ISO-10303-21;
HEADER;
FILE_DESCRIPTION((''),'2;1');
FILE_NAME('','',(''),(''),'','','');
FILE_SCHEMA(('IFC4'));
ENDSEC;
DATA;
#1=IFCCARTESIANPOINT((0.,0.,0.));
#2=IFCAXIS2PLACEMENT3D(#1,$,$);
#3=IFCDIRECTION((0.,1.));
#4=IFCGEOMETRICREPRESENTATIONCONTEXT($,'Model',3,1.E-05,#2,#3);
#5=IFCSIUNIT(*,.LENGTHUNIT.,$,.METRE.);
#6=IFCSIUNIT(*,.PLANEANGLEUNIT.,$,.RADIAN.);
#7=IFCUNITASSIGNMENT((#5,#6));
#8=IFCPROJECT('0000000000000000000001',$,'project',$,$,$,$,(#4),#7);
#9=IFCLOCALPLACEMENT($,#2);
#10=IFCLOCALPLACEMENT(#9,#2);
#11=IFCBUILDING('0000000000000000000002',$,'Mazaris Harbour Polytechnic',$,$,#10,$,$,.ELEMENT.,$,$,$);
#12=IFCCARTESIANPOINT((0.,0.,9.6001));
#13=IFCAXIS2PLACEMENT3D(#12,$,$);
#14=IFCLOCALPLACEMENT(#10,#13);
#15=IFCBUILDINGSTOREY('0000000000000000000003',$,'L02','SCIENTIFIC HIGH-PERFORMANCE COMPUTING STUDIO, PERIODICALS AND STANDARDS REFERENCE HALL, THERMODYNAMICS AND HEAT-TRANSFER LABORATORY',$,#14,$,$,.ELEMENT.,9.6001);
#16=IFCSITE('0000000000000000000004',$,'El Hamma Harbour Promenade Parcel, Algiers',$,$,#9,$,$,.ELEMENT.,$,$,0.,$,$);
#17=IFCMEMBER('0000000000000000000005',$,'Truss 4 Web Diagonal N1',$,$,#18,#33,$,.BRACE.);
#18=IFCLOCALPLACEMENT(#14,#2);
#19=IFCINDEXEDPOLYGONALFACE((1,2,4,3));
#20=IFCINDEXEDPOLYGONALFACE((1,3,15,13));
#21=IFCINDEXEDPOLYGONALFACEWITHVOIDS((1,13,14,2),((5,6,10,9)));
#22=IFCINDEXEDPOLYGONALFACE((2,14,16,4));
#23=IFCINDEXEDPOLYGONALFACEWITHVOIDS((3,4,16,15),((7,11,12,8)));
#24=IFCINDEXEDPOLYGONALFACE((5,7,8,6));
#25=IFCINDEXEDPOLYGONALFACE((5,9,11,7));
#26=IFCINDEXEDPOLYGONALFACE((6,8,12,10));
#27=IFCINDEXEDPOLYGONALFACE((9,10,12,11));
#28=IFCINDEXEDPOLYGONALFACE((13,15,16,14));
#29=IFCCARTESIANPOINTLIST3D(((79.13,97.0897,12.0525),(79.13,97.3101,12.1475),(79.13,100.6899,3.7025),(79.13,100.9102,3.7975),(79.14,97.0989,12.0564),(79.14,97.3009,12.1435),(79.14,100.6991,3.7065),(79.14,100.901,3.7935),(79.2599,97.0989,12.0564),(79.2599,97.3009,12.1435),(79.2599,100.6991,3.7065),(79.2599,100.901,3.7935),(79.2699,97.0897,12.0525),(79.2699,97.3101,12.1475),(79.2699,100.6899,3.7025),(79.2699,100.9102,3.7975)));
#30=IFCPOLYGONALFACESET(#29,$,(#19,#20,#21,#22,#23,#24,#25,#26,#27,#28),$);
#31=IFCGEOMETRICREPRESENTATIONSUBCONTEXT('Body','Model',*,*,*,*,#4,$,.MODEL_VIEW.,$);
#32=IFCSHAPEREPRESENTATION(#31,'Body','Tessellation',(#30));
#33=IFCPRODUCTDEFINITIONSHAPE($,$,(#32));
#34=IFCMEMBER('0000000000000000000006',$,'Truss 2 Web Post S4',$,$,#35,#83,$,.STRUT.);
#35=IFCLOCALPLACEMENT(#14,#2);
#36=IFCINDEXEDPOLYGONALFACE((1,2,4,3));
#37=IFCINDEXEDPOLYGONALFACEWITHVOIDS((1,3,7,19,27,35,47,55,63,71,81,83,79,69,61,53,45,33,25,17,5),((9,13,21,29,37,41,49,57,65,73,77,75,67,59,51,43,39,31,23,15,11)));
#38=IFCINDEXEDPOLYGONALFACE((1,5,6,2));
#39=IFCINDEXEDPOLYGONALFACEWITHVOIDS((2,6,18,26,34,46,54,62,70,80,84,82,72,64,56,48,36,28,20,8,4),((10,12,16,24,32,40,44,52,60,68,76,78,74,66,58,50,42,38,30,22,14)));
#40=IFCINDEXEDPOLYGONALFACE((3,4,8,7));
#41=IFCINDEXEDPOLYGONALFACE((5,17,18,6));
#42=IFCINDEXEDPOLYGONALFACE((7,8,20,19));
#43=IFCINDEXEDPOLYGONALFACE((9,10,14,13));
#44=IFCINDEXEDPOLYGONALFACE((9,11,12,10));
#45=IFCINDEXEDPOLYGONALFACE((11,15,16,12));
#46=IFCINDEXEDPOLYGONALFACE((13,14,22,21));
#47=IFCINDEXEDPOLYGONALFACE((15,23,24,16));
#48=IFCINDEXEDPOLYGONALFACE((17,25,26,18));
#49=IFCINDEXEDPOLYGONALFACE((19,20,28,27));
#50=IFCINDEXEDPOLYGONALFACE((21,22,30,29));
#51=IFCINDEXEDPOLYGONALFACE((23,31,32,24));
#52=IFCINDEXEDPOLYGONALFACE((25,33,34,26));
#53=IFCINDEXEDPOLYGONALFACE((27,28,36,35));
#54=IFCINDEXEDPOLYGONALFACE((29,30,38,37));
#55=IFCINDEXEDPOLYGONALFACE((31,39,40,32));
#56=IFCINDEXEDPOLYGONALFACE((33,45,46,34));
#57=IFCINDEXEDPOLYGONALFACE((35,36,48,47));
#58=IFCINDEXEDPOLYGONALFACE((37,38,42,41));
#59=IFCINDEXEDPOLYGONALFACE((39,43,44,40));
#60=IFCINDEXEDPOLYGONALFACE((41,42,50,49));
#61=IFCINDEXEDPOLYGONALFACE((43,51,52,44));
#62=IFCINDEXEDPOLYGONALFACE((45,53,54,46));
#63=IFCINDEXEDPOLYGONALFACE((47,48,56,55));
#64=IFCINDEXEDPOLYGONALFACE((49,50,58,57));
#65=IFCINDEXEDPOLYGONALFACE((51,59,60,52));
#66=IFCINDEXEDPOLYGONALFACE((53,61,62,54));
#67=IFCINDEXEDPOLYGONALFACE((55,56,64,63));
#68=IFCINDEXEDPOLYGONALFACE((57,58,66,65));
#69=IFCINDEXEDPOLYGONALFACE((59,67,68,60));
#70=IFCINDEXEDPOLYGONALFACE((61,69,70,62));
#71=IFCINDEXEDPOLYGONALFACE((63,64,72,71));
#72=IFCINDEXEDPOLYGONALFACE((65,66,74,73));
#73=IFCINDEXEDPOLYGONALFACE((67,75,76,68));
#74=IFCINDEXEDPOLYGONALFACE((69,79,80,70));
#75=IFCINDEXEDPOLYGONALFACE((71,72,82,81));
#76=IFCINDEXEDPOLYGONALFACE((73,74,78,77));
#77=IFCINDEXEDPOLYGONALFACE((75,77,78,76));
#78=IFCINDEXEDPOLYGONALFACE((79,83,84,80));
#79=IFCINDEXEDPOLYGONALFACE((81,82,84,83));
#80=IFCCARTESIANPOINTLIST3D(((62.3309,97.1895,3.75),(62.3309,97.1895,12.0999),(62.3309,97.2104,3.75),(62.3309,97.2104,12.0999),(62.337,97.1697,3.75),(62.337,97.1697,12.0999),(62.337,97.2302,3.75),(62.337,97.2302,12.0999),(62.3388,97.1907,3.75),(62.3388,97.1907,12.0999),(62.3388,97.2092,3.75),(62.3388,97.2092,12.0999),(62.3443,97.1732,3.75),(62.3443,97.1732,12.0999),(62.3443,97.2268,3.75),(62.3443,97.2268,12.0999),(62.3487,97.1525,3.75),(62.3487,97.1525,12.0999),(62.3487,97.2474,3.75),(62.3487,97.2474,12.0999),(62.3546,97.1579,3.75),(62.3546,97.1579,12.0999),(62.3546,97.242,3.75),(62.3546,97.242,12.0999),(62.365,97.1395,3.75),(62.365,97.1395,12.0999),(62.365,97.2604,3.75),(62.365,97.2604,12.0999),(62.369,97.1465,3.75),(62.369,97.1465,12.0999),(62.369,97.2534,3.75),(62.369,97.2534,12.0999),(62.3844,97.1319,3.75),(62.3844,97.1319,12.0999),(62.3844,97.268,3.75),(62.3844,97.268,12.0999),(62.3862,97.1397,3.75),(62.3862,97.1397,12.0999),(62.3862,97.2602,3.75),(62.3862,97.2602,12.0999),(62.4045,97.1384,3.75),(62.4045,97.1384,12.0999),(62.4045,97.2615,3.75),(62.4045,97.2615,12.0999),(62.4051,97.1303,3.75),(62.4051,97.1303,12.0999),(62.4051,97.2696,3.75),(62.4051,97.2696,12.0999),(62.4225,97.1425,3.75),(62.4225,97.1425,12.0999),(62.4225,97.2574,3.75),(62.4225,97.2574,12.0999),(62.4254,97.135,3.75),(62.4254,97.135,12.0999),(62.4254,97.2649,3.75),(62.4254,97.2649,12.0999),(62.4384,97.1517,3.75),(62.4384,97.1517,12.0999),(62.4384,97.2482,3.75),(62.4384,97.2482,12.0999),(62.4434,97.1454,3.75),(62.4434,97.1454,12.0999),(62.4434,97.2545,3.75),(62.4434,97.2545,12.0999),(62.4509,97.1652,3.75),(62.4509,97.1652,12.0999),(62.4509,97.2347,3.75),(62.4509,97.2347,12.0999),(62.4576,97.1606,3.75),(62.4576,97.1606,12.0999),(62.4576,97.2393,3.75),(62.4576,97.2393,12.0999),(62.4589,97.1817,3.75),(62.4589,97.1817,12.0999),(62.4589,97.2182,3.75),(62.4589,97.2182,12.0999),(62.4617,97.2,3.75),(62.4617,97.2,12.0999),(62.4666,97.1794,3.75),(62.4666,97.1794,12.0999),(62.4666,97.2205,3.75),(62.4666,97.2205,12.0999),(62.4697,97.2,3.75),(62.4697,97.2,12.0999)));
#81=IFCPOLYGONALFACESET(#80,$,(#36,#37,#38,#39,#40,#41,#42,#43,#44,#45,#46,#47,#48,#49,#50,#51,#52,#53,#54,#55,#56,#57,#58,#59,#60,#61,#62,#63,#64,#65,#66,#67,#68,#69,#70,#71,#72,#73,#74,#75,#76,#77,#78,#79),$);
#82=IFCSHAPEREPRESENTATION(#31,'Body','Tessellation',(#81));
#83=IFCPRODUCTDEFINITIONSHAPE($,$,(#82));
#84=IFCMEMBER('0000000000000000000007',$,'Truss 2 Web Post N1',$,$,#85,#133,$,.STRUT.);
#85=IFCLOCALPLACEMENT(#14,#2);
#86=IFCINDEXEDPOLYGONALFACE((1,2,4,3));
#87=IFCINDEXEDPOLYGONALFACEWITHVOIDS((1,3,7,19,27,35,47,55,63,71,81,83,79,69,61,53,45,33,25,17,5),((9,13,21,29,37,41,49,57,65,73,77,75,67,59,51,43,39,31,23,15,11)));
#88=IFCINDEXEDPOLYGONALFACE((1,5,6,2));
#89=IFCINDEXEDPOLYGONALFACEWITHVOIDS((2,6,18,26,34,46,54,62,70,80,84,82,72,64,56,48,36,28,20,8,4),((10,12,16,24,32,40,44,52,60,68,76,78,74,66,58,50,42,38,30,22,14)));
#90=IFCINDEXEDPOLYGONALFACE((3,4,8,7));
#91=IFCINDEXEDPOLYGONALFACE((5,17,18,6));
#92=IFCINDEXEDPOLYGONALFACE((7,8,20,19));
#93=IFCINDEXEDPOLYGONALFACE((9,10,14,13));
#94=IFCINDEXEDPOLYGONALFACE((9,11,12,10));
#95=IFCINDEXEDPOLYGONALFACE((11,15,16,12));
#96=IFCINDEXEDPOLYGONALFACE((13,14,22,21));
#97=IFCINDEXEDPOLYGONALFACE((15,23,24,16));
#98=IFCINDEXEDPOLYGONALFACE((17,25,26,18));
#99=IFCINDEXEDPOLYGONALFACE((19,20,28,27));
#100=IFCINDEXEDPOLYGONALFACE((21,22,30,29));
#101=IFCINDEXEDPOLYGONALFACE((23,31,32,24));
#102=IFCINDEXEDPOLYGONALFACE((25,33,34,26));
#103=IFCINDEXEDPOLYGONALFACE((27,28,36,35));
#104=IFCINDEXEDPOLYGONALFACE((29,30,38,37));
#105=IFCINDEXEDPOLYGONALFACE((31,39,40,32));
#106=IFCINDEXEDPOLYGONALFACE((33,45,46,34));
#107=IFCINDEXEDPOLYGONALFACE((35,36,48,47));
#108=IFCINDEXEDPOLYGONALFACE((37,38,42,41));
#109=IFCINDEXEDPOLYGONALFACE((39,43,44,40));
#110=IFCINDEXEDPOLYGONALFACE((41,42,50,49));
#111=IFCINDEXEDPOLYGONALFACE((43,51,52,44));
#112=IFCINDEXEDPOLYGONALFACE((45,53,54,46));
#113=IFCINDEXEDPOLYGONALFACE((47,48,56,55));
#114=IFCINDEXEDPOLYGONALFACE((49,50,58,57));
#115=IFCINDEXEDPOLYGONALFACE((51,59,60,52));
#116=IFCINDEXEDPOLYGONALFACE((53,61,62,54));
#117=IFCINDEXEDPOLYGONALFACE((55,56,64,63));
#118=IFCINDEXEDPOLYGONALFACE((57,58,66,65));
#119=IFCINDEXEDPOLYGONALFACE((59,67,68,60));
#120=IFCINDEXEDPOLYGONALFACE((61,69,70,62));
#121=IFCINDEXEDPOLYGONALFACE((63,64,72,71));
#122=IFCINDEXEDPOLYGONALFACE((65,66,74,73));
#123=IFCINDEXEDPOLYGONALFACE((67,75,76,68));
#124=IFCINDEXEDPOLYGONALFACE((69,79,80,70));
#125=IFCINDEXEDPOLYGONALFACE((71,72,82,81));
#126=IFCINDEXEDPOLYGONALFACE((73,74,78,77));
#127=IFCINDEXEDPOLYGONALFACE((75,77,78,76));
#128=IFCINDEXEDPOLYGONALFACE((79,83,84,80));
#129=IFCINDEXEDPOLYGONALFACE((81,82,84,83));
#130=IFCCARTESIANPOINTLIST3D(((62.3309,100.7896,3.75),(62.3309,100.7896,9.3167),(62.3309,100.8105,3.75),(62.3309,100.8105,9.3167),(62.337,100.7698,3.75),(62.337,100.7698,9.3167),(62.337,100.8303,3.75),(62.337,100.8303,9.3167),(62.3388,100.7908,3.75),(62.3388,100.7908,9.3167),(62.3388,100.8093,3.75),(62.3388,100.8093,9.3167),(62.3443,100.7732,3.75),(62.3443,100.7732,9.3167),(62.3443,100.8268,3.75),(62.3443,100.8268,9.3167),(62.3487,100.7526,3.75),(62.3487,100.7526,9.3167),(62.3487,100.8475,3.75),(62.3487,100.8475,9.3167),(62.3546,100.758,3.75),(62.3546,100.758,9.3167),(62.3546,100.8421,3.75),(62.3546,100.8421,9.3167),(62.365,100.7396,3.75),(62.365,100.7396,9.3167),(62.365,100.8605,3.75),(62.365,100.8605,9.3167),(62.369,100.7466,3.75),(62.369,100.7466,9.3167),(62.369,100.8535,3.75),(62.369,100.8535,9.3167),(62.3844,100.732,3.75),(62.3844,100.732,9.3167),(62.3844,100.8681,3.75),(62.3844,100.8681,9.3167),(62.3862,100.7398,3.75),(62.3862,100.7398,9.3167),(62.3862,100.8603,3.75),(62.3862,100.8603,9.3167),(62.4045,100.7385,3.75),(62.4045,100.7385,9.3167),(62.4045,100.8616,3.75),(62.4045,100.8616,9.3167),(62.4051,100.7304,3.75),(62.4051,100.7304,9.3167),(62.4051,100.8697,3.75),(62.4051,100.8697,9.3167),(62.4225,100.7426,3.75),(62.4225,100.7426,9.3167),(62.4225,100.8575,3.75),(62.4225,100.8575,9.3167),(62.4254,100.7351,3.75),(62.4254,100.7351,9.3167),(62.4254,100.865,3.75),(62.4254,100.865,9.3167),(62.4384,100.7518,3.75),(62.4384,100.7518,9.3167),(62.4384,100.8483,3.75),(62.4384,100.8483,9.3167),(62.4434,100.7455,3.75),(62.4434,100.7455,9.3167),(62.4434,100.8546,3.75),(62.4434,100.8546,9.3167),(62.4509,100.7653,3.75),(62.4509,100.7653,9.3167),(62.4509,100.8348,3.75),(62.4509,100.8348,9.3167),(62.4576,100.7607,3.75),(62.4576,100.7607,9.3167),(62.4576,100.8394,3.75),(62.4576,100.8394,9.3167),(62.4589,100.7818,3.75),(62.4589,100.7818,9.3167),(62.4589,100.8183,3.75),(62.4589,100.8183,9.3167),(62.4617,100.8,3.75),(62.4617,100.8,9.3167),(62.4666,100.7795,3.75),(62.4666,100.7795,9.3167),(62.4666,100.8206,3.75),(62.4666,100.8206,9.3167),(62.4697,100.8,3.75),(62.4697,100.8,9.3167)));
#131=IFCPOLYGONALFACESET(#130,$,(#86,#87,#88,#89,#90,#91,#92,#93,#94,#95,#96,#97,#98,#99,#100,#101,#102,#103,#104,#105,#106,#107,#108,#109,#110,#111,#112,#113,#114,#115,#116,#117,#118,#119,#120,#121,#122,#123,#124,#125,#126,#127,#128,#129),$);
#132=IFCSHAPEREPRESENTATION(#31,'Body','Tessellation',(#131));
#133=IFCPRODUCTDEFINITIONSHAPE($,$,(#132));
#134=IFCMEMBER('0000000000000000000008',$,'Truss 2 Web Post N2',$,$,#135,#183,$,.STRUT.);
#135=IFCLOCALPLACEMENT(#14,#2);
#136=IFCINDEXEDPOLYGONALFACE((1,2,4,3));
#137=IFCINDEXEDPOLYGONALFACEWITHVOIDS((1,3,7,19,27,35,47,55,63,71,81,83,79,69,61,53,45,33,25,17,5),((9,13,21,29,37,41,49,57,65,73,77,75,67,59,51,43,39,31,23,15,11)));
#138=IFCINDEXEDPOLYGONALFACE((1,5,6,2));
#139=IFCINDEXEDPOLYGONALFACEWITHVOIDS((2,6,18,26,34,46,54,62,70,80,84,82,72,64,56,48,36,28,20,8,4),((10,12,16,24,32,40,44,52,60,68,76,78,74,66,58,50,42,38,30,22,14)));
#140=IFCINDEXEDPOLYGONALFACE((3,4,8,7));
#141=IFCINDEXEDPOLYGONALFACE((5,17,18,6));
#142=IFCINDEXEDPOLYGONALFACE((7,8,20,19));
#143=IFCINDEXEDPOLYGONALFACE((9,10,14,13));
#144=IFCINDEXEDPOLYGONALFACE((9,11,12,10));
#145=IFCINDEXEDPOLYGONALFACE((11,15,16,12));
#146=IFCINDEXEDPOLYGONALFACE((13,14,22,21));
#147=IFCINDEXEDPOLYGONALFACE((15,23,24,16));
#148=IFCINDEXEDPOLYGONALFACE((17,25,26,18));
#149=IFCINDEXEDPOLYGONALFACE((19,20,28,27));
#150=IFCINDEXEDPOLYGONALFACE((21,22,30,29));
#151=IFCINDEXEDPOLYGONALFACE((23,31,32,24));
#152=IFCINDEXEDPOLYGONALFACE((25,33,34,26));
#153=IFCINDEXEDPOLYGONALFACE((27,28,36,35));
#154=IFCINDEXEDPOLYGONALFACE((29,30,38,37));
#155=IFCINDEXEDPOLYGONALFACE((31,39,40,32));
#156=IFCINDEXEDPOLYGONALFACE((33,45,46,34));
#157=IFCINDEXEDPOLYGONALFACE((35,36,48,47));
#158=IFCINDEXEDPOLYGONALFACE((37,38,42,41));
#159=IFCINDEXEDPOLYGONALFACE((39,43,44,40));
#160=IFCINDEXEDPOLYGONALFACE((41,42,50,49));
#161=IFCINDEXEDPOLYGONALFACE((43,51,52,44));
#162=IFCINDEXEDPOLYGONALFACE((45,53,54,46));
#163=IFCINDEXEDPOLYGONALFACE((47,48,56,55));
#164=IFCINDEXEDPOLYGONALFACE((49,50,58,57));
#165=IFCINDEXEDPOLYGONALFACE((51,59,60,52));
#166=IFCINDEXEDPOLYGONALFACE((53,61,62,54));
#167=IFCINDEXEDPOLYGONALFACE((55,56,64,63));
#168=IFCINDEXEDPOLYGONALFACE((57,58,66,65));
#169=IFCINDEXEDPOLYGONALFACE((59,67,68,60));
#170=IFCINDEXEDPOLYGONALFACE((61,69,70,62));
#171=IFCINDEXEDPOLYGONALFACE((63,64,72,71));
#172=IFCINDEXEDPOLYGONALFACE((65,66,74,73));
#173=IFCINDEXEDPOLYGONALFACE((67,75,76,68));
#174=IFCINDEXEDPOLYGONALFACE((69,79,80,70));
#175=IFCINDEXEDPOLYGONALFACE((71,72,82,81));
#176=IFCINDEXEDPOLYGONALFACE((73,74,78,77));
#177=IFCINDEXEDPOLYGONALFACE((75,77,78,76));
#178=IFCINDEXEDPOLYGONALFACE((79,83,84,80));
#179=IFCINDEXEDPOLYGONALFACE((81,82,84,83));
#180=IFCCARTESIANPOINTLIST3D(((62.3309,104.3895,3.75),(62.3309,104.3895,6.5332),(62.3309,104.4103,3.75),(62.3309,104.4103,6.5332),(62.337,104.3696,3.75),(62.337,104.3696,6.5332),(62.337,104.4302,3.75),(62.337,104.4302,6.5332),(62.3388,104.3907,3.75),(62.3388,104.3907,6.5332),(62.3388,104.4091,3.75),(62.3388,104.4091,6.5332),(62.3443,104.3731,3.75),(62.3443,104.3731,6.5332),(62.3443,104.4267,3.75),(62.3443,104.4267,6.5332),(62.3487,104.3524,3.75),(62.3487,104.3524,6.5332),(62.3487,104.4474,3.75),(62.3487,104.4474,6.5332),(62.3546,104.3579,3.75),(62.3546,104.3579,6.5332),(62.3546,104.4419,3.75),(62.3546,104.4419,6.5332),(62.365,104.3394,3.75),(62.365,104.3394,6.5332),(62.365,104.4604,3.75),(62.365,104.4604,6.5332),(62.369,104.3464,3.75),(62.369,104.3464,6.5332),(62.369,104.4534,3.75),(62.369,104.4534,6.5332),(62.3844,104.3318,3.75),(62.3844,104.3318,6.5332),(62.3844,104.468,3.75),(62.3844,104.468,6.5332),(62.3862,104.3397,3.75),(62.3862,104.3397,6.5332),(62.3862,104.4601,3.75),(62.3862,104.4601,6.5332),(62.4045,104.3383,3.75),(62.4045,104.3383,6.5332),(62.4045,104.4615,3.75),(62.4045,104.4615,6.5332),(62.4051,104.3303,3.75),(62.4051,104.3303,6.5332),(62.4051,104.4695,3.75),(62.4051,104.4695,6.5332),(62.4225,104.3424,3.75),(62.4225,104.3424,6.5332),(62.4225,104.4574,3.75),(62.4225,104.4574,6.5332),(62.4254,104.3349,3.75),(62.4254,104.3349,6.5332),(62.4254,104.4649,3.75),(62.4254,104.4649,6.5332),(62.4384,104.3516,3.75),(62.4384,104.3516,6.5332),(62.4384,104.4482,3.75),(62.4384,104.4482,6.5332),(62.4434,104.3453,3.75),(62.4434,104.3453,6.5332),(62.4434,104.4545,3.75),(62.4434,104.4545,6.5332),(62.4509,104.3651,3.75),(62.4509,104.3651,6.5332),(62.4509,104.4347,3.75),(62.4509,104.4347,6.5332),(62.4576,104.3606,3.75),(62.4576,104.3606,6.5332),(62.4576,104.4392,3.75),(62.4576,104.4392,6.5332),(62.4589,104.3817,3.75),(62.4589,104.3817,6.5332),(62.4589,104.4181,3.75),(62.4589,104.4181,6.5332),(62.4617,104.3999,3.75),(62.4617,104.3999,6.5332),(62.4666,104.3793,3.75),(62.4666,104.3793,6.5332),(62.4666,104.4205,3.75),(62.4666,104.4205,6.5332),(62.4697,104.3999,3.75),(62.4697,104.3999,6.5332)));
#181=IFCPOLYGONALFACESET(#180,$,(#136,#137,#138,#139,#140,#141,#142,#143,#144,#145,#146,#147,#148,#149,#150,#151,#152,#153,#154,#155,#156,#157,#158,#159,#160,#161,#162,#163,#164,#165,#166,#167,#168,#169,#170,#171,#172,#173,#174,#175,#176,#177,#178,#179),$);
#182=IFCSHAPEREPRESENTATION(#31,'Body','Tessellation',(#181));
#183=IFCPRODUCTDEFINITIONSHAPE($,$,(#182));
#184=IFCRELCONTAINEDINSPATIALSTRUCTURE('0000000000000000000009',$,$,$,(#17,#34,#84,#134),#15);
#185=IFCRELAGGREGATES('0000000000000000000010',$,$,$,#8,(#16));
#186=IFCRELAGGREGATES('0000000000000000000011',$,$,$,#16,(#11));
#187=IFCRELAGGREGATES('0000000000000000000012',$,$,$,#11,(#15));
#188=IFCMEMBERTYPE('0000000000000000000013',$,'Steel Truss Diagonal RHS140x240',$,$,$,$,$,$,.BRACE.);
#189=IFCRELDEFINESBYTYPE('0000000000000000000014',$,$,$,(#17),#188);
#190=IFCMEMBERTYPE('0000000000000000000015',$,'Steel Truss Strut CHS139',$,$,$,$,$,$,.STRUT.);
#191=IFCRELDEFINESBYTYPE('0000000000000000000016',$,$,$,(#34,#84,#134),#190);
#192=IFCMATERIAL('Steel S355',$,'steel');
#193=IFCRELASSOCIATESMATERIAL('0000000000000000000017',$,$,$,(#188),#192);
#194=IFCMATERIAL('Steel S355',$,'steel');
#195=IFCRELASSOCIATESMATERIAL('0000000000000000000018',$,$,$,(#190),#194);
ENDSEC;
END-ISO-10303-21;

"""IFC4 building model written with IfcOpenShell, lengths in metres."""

from ifc_helpers import new_model, si_unit, direction, frame, origin, origin_2d, place, context, subcontext, project, spatial, hollow_rectangle, hollow_circle, extrude, material, material_profile, profile_set, type_object, element, save


model = new_model("IFC4")

# Units and contexts
model_context = context("Model", 3, precision=1e-05, world=origin(), true_north=direction((0.0, 1.0)))
body_context = subcontext(model_context, "Body", "Model", "MODEL_VIEW")
ifc_project = project(units=[si_unit("LENGTHUNIT", "METRE"), si_unit("PLANEANGLEUNIT", "RADIAN")], contexts=[model_context])

# Site, building, storey
site_placement = place(None, origin())
site = spatial("IfcSite", under=ifc_project, at=site_placement, Name="El Hamma Harbour Promenade Parcel, Algiers", CompositionType="ELEMENT", RefElevation=0.0)
building_placement = place(site_placement, origin())
building = spatial("IfcBuilding", under=site, at=building_placement, Name="Mazaris Harbour Polytechnic", CompositionType="ELEMENT")
storey_placement = place(building_placement, frame((0.0, 0.0, 9.6001)))
storey = spatial("IfcBuildingStorey", under=building, at=storey_placement, Name="L02", Description="SCIENTIFIC HIGH-PERFORMANCE COMPUTING STUDIO, PERIODICALS AND STANDARDS REFERENCE HALL, THERMODYNAMICS AND HEAT-TRANSFER LABORATORY", CompositionType="ELEMENT", Elevation=9.6001)

# Members
ifc_material_1 = material(Name="Steel S355", Category="steel")
ifc_material_profile_1 = material_profile(ifc_material_1, hollow_rectangle(XDim=0.1399, YDim=0.24, WallThickness=0.01, at=origin_2d()), Name="RHS 140x240x10.0")
ifc_profile_set_1 = profile_set([ifc_material_profile_1], Name="Steel S355")
member_type_1 = type_object("IfcMemberType", Name="Steel Truss Diagonal RHS140x240", PredefinedType="BRACE", material=ifc_profile_set_1)
for number, where, z_axis, x_axis, name in (
    (1, (79.2, 100.8, 3.75), (0.0, -0.395924, 0.918283), (1.0, 0.0, 0.0), "Truss 4 Web Diagonal N1"),
):
    element("IfcMember", number, at=place(storey_placement, frame(where, z_axis=z_axis, x_axis=x_axis)), inside=storey, type_object=member_type_1, Name=name, PredefinedType="BRACE", context=body_context, shape_type="SweptSolid", body=[
        extrude(hollow_rectangle(XDim=0.1399, YDim=0.24, WallThickness=0.01, at=origin_2d()), origin(), (0.0, 0.0, 1.0), 9.093),
    ])
ifc_material_2 = material(Name="Steel S355", Category="steel")
ifc_material_profile_2 = material_profile(ifc_material_2, hollow_circle(Radius=0.0698, WallThickness=0.0081, at=origin_2d()), Name="CHS 139.7x8.0")
ifc_profile_set_2 = profile_set([ifc_material_profile_2], Name="Steel S355")
member_type_2 = type_object("IfcMemberType", Name="Steel Truss Strut CHS139", PredefinedType="STRUT", material=ifc_profile_set_2)
member_1_placement = place(storey_placement, frame((62.3999, 97.2, 3.75), z_axis=(0.0, 0.0, 1.0), x_axis=(1.0, 0.0, 0.0)))
element("IfcMember", 2, at=member_1_placement, inside=storey, type_object=member_type_2, Name="Truss 2 Web Post S4", PredefinedType="STRUT", context=body_context, shape_type="SweptSolid", body=[
    extrude(hollow_circle(Radius=0.0698, WallThickness=0.0081, at=origin_2d()), origin(), (0.0, 0.0, 1.0), 8.3499),
])
member_2_placement = place(storey_placement, frame((62.3999, 100.8, 3.75), z_axis=(0.0, 0.0, 1.0), x_axis=(1.0, 0.0, 0.0)))
element("IfcMember", 3, at=member_2_placement, inside=storey, type_object=member_type_2, Name="Truss 2 Web Post N1", PredefinedType="STRUT", context=body_context, shape_type="SweptSolid", body=[
    extrude(hollow_circle(Radius=0.0698, WallThickness=0.0081, at=origin_2d()), origin(), (0.0, 0.0, 1.0), 5.5667),
])
member_3_placement = place(storey_placement, frame((62.3999, 104.3999, 3.75), z_axis=(0.0, 0.0, 1.0), x_axis=(1.0, 0.0, 0.0)))
element("IfcMember", 4, at=member_3_placement, inside=storey, type_object=member_type_2, Name="Truss 2 Web Post N2", PredefinedType="STRUT", context=body_context, shape_type="SweptSolid", body=[
    extrude(hollow_circle(Radius=0.0698, WallThickness=0.0081, at=origin_2d()), origin(), (0.0, 0.0, 1.0), 2.7832),
])

save(model, "model.ifc")
